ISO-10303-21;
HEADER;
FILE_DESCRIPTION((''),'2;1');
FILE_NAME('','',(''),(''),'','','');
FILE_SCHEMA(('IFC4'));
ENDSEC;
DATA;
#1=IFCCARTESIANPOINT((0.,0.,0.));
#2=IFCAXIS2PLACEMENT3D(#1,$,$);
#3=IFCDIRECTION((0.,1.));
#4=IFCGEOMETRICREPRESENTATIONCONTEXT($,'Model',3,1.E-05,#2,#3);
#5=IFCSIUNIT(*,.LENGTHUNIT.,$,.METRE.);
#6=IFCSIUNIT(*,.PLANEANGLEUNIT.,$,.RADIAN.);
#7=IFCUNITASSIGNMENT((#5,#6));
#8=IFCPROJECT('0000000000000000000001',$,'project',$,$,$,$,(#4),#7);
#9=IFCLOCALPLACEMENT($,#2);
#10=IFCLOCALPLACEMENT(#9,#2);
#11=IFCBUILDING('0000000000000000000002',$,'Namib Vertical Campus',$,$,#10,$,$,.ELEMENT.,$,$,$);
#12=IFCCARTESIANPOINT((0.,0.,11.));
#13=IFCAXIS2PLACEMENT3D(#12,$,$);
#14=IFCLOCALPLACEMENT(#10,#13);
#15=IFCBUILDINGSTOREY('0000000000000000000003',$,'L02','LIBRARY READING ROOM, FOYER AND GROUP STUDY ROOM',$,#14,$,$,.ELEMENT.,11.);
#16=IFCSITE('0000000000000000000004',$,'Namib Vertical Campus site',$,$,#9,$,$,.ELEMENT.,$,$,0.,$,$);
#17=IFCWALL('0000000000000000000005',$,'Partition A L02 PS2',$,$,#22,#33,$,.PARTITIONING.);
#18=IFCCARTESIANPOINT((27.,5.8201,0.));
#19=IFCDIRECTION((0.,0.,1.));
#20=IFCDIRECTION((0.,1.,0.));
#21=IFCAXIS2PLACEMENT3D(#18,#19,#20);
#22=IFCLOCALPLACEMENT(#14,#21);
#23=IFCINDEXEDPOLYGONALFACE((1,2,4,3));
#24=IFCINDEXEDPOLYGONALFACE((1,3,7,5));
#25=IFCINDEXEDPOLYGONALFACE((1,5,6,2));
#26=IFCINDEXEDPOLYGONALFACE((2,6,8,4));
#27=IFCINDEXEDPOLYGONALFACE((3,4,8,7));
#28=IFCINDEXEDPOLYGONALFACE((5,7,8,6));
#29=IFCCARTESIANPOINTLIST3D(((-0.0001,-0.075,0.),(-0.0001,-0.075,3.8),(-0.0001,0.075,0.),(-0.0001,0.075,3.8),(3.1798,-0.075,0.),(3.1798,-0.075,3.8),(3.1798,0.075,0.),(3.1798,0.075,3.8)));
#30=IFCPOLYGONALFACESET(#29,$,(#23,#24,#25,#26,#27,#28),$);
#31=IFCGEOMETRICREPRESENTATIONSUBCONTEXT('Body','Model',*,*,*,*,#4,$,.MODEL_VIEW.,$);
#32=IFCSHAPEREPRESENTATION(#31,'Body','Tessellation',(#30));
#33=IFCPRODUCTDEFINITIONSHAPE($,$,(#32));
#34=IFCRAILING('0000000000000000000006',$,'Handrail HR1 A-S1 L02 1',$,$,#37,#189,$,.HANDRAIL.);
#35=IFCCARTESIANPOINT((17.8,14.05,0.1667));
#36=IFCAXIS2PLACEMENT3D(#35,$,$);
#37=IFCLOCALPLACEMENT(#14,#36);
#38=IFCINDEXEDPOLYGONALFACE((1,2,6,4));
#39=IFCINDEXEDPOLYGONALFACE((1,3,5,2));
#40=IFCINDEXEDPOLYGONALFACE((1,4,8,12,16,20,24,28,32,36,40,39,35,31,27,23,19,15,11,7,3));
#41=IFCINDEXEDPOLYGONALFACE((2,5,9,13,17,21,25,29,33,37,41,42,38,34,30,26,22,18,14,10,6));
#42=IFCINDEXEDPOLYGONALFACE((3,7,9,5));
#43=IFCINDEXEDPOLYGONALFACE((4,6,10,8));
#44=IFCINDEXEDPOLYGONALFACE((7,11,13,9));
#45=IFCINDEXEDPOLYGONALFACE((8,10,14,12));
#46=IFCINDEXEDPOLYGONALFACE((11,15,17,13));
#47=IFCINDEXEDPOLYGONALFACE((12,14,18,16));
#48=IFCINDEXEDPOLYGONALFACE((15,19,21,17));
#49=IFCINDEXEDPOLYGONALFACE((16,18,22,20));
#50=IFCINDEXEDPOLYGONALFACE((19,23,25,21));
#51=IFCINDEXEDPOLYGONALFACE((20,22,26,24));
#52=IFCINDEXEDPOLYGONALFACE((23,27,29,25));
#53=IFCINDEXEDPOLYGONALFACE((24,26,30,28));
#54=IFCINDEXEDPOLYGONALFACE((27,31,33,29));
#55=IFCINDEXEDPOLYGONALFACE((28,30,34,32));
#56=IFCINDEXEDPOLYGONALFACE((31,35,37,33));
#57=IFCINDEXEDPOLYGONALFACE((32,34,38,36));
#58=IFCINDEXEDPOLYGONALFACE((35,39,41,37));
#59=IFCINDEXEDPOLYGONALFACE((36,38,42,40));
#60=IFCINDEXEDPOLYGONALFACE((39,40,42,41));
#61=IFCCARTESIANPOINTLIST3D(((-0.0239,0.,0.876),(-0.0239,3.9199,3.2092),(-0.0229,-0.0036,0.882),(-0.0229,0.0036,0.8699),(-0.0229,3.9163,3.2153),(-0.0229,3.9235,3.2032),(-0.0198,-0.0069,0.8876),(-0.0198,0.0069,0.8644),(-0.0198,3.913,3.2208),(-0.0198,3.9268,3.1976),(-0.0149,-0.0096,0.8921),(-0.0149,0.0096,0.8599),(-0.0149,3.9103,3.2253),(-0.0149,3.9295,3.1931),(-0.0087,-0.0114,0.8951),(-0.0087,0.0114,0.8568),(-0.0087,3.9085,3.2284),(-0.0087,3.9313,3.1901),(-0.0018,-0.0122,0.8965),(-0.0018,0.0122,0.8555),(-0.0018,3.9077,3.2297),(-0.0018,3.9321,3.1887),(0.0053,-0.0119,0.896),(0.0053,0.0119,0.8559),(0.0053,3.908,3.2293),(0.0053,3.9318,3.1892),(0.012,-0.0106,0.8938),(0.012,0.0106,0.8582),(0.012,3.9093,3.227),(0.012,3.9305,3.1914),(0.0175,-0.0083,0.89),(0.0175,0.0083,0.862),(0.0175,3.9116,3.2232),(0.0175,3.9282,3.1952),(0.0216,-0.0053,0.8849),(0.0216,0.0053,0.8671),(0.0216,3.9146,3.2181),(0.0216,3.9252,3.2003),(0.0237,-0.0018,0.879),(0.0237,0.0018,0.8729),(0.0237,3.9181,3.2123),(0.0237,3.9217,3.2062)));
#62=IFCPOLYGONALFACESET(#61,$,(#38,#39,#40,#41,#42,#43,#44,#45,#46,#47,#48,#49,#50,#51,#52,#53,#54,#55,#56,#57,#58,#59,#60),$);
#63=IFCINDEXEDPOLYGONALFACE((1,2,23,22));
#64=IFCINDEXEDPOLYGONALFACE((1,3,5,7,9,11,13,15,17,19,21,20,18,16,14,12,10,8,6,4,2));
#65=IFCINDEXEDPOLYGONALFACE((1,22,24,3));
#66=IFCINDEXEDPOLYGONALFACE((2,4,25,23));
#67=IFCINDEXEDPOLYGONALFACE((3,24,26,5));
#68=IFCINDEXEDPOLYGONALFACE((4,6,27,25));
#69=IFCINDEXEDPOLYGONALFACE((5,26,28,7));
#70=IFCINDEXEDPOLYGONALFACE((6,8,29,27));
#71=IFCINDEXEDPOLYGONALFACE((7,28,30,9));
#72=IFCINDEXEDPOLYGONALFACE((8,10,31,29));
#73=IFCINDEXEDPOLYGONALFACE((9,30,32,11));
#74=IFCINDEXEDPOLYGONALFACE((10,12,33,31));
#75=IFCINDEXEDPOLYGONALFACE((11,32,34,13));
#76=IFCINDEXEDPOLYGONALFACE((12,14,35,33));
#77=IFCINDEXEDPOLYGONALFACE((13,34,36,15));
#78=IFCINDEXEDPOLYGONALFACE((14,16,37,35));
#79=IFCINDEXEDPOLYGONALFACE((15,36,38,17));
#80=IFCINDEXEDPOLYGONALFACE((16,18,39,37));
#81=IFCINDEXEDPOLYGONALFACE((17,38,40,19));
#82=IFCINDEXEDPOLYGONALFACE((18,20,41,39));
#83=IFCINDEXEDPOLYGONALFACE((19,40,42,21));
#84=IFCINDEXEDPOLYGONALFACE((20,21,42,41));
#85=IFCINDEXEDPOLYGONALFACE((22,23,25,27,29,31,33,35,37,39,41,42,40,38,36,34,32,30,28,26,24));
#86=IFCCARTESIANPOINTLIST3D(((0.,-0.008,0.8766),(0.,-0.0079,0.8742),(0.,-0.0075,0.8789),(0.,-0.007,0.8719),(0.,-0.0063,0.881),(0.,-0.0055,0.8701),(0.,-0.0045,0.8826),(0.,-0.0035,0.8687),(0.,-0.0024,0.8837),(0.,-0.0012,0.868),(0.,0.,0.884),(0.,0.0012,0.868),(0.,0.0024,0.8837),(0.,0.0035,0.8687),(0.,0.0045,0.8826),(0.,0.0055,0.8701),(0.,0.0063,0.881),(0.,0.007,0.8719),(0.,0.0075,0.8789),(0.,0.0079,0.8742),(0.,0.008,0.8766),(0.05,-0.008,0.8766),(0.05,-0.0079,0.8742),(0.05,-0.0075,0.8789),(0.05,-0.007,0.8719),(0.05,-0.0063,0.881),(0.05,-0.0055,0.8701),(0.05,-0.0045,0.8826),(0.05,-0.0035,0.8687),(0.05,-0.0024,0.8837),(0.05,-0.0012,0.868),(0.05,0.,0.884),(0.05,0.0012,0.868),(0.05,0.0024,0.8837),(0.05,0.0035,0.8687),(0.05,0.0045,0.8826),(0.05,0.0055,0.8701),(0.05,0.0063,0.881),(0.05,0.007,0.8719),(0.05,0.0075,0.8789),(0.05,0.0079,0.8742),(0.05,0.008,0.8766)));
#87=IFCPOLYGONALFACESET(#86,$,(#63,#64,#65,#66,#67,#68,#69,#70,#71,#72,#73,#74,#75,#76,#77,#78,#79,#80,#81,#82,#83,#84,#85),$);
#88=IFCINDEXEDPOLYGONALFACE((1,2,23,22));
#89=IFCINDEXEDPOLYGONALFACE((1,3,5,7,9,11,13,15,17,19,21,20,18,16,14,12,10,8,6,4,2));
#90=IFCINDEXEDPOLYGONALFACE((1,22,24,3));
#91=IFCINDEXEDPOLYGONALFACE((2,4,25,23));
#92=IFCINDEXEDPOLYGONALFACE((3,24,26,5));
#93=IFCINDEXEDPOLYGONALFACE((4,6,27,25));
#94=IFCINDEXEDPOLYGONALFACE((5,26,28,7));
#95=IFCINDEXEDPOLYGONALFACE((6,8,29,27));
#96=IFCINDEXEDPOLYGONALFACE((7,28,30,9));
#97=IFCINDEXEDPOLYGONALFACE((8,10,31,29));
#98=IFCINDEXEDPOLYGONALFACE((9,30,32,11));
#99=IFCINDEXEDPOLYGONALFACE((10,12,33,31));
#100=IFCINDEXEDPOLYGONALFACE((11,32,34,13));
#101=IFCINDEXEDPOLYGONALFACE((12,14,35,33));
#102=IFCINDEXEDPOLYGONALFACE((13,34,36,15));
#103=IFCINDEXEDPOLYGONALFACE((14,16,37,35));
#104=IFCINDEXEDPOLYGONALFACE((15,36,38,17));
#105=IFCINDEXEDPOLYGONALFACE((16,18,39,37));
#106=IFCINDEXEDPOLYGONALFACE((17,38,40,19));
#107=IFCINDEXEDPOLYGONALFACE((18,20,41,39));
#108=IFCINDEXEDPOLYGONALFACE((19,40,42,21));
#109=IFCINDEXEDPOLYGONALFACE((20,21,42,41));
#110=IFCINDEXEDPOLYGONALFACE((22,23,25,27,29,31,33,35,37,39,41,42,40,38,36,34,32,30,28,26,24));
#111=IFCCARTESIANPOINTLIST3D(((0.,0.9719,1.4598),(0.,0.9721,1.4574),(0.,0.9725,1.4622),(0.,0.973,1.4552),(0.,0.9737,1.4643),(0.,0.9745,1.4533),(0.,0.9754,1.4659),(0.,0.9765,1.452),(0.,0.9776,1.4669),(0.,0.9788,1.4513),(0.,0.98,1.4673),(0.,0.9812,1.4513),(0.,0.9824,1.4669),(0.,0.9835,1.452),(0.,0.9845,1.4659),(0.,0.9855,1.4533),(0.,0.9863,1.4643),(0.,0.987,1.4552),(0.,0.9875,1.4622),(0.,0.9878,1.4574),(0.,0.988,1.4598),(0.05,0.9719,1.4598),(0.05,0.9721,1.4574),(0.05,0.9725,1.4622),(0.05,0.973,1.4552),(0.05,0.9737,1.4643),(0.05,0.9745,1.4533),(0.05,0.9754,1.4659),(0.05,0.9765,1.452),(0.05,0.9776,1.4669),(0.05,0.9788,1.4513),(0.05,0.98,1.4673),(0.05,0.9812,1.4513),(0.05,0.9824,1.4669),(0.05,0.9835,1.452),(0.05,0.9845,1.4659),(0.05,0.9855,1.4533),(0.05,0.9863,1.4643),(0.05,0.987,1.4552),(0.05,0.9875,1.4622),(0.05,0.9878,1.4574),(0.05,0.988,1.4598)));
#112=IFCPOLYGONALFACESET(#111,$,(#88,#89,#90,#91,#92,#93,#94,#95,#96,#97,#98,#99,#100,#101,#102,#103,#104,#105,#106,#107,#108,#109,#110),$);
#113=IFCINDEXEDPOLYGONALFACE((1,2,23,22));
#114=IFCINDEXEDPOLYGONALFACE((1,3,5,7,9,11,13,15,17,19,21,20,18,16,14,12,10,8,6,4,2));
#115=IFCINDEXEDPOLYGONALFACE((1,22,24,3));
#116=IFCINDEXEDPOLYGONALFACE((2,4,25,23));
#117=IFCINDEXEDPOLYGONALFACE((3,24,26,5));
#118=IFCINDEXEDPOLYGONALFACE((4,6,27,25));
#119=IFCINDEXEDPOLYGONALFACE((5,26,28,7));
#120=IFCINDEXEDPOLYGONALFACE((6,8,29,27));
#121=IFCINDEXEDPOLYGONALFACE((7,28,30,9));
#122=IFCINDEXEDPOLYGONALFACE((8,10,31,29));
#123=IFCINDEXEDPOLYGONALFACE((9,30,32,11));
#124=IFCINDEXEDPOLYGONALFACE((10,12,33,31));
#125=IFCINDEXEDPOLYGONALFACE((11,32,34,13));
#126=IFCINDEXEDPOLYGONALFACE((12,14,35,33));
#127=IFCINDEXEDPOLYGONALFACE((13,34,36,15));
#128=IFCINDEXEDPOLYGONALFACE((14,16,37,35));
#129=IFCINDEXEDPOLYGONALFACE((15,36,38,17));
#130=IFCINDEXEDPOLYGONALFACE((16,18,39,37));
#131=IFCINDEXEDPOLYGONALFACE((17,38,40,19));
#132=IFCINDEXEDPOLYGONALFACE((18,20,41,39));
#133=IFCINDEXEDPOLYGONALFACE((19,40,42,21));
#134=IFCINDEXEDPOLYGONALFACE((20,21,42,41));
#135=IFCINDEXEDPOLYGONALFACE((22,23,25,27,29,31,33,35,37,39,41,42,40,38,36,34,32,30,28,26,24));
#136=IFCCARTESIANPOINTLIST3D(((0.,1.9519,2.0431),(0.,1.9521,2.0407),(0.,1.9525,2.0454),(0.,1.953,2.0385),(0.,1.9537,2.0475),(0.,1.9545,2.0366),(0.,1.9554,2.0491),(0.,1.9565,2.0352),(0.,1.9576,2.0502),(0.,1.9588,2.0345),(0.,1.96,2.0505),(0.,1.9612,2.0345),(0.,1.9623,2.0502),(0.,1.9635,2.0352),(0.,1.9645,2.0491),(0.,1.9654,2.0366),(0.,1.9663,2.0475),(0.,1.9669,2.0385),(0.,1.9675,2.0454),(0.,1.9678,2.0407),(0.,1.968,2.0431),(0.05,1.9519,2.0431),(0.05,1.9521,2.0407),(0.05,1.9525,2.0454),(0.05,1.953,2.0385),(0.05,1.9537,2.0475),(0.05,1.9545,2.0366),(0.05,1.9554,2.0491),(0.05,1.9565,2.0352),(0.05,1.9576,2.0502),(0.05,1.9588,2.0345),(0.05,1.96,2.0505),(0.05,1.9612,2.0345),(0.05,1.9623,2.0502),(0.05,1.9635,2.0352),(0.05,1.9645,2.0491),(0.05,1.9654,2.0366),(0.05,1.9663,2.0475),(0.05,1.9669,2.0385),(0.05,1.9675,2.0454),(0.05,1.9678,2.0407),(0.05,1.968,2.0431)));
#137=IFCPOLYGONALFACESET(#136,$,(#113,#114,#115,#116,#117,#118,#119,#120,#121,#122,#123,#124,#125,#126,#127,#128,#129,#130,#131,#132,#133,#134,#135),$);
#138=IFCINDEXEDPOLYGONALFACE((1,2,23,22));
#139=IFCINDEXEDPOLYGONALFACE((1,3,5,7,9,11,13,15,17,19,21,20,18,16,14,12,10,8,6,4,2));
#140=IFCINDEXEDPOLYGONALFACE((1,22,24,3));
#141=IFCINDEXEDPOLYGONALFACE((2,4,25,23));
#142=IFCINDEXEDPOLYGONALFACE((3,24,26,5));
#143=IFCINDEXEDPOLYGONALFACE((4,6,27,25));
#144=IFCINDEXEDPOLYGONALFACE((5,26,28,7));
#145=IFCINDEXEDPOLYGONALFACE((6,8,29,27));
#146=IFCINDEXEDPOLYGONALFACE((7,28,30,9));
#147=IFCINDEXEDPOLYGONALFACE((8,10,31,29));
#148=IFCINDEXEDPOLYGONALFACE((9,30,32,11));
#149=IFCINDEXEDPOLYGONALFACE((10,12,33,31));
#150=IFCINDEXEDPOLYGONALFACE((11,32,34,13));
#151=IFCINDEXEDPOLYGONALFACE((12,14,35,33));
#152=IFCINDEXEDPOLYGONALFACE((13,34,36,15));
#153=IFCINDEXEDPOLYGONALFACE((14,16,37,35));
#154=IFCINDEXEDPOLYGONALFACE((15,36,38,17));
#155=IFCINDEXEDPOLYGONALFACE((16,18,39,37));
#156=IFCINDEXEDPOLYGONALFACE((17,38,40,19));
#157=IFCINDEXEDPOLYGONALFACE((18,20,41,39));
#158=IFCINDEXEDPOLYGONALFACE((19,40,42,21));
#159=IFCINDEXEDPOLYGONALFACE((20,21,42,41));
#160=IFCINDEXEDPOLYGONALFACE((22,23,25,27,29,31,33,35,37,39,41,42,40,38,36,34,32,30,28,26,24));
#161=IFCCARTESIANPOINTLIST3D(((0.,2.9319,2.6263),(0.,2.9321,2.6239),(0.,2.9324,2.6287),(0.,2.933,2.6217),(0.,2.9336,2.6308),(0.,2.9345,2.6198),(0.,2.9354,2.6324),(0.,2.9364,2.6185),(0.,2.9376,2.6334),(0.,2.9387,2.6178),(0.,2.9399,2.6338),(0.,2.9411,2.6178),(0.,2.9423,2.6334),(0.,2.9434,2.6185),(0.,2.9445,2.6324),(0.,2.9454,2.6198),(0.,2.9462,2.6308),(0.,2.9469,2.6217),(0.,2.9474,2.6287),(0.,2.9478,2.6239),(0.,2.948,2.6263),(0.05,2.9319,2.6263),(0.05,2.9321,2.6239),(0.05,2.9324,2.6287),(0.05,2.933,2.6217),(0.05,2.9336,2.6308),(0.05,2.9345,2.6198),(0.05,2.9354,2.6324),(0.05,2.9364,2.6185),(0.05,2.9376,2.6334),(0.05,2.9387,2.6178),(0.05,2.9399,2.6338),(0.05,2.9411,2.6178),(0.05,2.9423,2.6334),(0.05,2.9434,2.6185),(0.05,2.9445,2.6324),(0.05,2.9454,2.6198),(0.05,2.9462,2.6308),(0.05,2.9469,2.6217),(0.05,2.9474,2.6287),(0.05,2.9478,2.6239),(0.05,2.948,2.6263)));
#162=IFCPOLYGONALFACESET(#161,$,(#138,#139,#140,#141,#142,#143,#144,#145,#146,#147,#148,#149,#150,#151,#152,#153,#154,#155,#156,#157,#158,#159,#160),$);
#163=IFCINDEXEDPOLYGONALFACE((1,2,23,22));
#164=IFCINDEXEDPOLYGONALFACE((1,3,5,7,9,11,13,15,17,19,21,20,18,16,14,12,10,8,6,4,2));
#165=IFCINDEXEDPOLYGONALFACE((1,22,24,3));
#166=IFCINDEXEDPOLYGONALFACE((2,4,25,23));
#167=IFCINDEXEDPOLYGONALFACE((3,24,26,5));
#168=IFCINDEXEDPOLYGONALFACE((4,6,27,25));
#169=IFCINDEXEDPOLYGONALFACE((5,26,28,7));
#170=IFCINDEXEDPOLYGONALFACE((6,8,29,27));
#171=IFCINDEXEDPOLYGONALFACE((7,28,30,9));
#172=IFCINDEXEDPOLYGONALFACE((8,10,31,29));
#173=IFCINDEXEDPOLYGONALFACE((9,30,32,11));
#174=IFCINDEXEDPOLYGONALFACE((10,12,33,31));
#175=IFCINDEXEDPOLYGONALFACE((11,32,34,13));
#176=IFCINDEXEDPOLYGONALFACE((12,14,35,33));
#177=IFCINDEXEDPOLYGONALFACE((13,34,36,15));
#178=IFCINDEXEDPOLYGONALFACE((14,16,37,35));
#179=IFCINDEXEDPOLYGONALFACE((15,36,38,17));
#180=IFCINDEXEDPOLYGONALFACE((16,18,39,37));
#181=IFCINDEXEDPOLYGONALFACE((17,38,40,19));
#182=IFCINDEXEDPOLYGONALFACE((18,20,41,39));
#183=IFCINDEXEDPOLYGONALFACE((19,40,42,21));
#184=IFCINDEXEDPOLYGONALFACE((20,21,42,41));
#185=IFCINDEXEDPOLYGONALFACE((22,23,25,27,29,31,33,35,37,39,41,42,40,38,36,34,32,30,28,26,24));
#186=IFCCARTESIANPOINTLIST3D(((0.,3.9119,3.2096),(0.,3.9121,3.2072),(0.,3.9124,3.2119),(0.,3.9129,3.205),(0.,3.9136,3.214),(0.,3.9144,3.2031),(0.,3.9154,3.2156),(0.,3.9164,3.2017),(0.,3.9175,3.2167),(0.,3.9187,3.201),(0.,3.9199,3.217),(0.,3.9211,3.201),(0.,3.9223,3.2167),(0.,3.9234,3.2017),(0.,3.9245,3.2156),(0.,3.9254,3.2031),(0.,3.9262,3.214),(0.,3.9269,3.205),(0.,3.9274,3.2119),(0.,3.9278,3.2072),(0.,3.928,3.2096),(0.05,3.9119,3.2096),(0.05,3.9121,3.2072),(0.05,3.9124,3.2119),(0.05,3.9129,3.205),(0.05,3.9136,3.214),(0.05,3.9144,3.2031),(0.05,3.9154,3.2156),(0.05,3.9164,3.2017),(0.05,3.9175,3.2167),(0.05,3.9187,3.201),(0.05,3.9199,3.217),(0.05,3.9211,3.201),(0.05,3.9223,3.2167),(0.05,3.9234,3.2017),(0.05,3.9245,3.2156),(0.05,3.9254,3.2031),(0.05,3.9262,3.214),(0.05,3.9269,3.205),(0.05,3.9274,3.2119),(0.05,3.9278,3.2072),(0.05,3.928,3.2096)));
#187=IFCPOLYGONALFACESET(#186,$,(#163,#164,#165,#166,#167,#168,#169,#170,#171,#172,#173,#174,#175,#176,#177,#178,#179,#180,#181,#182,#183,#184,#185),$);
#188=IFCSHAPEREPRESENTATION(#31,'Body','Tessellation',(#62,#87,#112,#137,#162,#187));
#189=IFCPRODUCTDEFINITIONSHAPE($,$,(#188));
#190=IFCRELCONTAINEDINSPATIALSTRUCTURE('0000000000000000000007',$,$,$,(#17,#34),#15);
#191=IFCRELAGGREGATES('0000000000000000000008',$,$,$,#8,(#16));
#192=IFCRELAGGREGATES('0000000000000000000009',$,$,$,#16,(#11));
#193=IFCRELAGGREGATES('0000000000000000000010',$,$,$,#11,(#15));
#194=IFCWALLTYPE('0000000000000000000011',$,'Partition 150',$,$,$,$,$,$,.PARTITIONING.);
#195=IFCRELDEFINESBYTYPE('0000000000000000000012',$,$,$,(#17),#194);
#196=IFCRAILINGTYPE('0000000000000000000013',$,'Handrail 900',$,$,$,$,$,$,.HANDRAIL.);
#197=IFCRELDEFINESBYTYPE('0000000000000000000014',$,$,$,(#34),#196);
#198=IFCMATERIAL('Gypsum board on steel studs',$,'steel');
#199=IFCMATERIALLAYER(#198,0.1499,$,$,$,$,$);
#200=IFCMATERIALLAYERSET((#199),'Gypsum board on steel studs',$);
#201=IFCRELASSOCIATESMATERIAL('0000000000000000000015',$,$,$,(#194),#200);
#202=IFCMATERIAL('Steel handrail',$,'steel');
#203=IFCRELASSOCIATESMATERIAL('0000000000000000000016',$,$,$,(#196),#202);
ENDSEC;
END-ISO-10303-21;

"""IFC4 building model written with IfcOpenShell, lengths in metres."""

from ifc_helpers import new_model, si_unit, direction, frame, frame_2d, origin, origin_2d, place, context, subcontext, project, spatial, rectangle, circle, extrude, material, layer, layer_set, type_object, element, save


model = new_model("IFC4")

# Units and contexts
model_context = context("Model", 3, precision=1e-05, world=origin(), true_north=direction((0.0, 1.0)))
body_context = subcontext(model_context, "Body", "Model", "MODEL_VIEW")
ifc_project = project(units=[si_unit("LENGTHUNIT", "METRE"), si_unit("PLANEANGLEUNIT", "RADIAN")], contexts=[model_context])

# Site, building, storey
site_placement = place(None, origin())
site = spatial("IfcSite", under=ifc_project, at=site_placement, Name="Namib Vertical Campus site", CompositionType="ELEMENT", RefElevation=0.0)
building_placement = place(site_placement, origin())
building = spatial("IfcBuilding", under=site, at=building_placement, Name="Namib Vertical Campus", CompositionType="ELEMENT")
storey_placement = place(building_placement, frame((0.0, 0.0, 11.0)))
storey = spatial("IfcBuildingStorey", under=building, at=storey_placement, Name="L02", Description="LIBRARY READING ROOM, FOYER AND GROUP STUDY ROOM", CompositionType="ELEMENT", Elevation=11.0)

# Wall
ifc_material_1 = material(Name="Gypsum board on steel studs", Category="steel")
ifc_layer_1 = layer(ifc_material_1, 0.1499)
ifc_layer_set_1 = layer_set([ifc_layer_1], Name="Gypsum board on steel studs")
wall_type_1 = type_object("IfcWallType", Name="Partition 150", PredefinedType="PARTITIONING", material=ifc_layer_set_1)
wall_1_placement = place(storey_placement, frame((27.0, 5.8201, 0.0), z_axis=(0.0, 0.0, 1.0), x_axis=(0.0, 1.0, 0.0)))
element("IfcWall", 1, at=wall_1_placement, inside=storey, type_object=wall_type_1, Name="Partition A L02 PS2", PredefinedType="PARTITIONING", context=body_context, shape_type="SweptSolid", body=[
    extrude(rectangle(XDim=3.1799, YDim=0.1499, at=frame_2d((1.5898, 0.0))), origin(), (0.0, 0.0, 1.0), 3.8),
])

# Railing
ifc_material_2 = material(Name="Steel handrail", Category="steel")
railing_type_1 = type_object("IfcRailingType", Name="Handrail 900", PredefinedType="HANDRAIL", material=ifc_material_2)
railing_1_placement = place(storey_placement, frame((17.8, 14.05, 0.1667)))
element("IfcRailing", 2, at=railing_1_placement, inside=storey, type_object=railing_type_1, Name="Handrail HR1 A-S1 L02 1", PredefinedType="HANDRAIL", context=body_context, shape_type="SweptSolid", body=[
    extrude(circle(Radius=0.0239, at=origin_2d()), frame((0.0, 0.0, 0.876), z_axis=(0.0, 0.859296, 0.511478), x_axis=(-1.0, 0.0, 0.0)), (0.0, 0.0, 1.0), 4.5618),
    extrude(circle(Radius=0.0081, at=origin_2d()), frame((0.0, 0.0, 0.876), z_axis=(1.0, 0.0, 0.0), x_axis=(0.0, 0.0, 1.0)), (0.0, 0.0, 1.0), 0.05),
    extrude(circle(Radius=0.0081, at=origin_2d()), frame((0.0, 0.98, 1.4592), z_axis=(1.0, 0.0, 0.0), x_axis=(0.0, 0.0, 1.0)), (0.0, 0.0, 1.0), 0.05),
    extrude(circle(Radius=0.0081, at=origin_2d()), frame((0.0, 1.96, 2.0425), z_axis=(1.0, 0.0, 0.0), x_axis=(0.0, 0.0, 1.0)), (0.0, 0.0, 1.0), 0.05),
    extrude(circle(Radius=0.0081, at=origin_2d()), frame((0.0, 2.9399, 2.6257), z_axis=(1.0, 0.0, 0.0), x_axis=(0.0, 0.0, 1.0)), (0.0, 0.0, 1.0), 0.05),
    extrude(circle(Radius=0.0081, at=origin_2d()), frame((0.0, 3.9199, 3.209), z_axis=(1.0, 0.0, 0.0), x_axis=(0.0, 0.0, 1.0)), (0.0, 0.0, 1.0), 0.05),
])

save(model, "model.ifc")
